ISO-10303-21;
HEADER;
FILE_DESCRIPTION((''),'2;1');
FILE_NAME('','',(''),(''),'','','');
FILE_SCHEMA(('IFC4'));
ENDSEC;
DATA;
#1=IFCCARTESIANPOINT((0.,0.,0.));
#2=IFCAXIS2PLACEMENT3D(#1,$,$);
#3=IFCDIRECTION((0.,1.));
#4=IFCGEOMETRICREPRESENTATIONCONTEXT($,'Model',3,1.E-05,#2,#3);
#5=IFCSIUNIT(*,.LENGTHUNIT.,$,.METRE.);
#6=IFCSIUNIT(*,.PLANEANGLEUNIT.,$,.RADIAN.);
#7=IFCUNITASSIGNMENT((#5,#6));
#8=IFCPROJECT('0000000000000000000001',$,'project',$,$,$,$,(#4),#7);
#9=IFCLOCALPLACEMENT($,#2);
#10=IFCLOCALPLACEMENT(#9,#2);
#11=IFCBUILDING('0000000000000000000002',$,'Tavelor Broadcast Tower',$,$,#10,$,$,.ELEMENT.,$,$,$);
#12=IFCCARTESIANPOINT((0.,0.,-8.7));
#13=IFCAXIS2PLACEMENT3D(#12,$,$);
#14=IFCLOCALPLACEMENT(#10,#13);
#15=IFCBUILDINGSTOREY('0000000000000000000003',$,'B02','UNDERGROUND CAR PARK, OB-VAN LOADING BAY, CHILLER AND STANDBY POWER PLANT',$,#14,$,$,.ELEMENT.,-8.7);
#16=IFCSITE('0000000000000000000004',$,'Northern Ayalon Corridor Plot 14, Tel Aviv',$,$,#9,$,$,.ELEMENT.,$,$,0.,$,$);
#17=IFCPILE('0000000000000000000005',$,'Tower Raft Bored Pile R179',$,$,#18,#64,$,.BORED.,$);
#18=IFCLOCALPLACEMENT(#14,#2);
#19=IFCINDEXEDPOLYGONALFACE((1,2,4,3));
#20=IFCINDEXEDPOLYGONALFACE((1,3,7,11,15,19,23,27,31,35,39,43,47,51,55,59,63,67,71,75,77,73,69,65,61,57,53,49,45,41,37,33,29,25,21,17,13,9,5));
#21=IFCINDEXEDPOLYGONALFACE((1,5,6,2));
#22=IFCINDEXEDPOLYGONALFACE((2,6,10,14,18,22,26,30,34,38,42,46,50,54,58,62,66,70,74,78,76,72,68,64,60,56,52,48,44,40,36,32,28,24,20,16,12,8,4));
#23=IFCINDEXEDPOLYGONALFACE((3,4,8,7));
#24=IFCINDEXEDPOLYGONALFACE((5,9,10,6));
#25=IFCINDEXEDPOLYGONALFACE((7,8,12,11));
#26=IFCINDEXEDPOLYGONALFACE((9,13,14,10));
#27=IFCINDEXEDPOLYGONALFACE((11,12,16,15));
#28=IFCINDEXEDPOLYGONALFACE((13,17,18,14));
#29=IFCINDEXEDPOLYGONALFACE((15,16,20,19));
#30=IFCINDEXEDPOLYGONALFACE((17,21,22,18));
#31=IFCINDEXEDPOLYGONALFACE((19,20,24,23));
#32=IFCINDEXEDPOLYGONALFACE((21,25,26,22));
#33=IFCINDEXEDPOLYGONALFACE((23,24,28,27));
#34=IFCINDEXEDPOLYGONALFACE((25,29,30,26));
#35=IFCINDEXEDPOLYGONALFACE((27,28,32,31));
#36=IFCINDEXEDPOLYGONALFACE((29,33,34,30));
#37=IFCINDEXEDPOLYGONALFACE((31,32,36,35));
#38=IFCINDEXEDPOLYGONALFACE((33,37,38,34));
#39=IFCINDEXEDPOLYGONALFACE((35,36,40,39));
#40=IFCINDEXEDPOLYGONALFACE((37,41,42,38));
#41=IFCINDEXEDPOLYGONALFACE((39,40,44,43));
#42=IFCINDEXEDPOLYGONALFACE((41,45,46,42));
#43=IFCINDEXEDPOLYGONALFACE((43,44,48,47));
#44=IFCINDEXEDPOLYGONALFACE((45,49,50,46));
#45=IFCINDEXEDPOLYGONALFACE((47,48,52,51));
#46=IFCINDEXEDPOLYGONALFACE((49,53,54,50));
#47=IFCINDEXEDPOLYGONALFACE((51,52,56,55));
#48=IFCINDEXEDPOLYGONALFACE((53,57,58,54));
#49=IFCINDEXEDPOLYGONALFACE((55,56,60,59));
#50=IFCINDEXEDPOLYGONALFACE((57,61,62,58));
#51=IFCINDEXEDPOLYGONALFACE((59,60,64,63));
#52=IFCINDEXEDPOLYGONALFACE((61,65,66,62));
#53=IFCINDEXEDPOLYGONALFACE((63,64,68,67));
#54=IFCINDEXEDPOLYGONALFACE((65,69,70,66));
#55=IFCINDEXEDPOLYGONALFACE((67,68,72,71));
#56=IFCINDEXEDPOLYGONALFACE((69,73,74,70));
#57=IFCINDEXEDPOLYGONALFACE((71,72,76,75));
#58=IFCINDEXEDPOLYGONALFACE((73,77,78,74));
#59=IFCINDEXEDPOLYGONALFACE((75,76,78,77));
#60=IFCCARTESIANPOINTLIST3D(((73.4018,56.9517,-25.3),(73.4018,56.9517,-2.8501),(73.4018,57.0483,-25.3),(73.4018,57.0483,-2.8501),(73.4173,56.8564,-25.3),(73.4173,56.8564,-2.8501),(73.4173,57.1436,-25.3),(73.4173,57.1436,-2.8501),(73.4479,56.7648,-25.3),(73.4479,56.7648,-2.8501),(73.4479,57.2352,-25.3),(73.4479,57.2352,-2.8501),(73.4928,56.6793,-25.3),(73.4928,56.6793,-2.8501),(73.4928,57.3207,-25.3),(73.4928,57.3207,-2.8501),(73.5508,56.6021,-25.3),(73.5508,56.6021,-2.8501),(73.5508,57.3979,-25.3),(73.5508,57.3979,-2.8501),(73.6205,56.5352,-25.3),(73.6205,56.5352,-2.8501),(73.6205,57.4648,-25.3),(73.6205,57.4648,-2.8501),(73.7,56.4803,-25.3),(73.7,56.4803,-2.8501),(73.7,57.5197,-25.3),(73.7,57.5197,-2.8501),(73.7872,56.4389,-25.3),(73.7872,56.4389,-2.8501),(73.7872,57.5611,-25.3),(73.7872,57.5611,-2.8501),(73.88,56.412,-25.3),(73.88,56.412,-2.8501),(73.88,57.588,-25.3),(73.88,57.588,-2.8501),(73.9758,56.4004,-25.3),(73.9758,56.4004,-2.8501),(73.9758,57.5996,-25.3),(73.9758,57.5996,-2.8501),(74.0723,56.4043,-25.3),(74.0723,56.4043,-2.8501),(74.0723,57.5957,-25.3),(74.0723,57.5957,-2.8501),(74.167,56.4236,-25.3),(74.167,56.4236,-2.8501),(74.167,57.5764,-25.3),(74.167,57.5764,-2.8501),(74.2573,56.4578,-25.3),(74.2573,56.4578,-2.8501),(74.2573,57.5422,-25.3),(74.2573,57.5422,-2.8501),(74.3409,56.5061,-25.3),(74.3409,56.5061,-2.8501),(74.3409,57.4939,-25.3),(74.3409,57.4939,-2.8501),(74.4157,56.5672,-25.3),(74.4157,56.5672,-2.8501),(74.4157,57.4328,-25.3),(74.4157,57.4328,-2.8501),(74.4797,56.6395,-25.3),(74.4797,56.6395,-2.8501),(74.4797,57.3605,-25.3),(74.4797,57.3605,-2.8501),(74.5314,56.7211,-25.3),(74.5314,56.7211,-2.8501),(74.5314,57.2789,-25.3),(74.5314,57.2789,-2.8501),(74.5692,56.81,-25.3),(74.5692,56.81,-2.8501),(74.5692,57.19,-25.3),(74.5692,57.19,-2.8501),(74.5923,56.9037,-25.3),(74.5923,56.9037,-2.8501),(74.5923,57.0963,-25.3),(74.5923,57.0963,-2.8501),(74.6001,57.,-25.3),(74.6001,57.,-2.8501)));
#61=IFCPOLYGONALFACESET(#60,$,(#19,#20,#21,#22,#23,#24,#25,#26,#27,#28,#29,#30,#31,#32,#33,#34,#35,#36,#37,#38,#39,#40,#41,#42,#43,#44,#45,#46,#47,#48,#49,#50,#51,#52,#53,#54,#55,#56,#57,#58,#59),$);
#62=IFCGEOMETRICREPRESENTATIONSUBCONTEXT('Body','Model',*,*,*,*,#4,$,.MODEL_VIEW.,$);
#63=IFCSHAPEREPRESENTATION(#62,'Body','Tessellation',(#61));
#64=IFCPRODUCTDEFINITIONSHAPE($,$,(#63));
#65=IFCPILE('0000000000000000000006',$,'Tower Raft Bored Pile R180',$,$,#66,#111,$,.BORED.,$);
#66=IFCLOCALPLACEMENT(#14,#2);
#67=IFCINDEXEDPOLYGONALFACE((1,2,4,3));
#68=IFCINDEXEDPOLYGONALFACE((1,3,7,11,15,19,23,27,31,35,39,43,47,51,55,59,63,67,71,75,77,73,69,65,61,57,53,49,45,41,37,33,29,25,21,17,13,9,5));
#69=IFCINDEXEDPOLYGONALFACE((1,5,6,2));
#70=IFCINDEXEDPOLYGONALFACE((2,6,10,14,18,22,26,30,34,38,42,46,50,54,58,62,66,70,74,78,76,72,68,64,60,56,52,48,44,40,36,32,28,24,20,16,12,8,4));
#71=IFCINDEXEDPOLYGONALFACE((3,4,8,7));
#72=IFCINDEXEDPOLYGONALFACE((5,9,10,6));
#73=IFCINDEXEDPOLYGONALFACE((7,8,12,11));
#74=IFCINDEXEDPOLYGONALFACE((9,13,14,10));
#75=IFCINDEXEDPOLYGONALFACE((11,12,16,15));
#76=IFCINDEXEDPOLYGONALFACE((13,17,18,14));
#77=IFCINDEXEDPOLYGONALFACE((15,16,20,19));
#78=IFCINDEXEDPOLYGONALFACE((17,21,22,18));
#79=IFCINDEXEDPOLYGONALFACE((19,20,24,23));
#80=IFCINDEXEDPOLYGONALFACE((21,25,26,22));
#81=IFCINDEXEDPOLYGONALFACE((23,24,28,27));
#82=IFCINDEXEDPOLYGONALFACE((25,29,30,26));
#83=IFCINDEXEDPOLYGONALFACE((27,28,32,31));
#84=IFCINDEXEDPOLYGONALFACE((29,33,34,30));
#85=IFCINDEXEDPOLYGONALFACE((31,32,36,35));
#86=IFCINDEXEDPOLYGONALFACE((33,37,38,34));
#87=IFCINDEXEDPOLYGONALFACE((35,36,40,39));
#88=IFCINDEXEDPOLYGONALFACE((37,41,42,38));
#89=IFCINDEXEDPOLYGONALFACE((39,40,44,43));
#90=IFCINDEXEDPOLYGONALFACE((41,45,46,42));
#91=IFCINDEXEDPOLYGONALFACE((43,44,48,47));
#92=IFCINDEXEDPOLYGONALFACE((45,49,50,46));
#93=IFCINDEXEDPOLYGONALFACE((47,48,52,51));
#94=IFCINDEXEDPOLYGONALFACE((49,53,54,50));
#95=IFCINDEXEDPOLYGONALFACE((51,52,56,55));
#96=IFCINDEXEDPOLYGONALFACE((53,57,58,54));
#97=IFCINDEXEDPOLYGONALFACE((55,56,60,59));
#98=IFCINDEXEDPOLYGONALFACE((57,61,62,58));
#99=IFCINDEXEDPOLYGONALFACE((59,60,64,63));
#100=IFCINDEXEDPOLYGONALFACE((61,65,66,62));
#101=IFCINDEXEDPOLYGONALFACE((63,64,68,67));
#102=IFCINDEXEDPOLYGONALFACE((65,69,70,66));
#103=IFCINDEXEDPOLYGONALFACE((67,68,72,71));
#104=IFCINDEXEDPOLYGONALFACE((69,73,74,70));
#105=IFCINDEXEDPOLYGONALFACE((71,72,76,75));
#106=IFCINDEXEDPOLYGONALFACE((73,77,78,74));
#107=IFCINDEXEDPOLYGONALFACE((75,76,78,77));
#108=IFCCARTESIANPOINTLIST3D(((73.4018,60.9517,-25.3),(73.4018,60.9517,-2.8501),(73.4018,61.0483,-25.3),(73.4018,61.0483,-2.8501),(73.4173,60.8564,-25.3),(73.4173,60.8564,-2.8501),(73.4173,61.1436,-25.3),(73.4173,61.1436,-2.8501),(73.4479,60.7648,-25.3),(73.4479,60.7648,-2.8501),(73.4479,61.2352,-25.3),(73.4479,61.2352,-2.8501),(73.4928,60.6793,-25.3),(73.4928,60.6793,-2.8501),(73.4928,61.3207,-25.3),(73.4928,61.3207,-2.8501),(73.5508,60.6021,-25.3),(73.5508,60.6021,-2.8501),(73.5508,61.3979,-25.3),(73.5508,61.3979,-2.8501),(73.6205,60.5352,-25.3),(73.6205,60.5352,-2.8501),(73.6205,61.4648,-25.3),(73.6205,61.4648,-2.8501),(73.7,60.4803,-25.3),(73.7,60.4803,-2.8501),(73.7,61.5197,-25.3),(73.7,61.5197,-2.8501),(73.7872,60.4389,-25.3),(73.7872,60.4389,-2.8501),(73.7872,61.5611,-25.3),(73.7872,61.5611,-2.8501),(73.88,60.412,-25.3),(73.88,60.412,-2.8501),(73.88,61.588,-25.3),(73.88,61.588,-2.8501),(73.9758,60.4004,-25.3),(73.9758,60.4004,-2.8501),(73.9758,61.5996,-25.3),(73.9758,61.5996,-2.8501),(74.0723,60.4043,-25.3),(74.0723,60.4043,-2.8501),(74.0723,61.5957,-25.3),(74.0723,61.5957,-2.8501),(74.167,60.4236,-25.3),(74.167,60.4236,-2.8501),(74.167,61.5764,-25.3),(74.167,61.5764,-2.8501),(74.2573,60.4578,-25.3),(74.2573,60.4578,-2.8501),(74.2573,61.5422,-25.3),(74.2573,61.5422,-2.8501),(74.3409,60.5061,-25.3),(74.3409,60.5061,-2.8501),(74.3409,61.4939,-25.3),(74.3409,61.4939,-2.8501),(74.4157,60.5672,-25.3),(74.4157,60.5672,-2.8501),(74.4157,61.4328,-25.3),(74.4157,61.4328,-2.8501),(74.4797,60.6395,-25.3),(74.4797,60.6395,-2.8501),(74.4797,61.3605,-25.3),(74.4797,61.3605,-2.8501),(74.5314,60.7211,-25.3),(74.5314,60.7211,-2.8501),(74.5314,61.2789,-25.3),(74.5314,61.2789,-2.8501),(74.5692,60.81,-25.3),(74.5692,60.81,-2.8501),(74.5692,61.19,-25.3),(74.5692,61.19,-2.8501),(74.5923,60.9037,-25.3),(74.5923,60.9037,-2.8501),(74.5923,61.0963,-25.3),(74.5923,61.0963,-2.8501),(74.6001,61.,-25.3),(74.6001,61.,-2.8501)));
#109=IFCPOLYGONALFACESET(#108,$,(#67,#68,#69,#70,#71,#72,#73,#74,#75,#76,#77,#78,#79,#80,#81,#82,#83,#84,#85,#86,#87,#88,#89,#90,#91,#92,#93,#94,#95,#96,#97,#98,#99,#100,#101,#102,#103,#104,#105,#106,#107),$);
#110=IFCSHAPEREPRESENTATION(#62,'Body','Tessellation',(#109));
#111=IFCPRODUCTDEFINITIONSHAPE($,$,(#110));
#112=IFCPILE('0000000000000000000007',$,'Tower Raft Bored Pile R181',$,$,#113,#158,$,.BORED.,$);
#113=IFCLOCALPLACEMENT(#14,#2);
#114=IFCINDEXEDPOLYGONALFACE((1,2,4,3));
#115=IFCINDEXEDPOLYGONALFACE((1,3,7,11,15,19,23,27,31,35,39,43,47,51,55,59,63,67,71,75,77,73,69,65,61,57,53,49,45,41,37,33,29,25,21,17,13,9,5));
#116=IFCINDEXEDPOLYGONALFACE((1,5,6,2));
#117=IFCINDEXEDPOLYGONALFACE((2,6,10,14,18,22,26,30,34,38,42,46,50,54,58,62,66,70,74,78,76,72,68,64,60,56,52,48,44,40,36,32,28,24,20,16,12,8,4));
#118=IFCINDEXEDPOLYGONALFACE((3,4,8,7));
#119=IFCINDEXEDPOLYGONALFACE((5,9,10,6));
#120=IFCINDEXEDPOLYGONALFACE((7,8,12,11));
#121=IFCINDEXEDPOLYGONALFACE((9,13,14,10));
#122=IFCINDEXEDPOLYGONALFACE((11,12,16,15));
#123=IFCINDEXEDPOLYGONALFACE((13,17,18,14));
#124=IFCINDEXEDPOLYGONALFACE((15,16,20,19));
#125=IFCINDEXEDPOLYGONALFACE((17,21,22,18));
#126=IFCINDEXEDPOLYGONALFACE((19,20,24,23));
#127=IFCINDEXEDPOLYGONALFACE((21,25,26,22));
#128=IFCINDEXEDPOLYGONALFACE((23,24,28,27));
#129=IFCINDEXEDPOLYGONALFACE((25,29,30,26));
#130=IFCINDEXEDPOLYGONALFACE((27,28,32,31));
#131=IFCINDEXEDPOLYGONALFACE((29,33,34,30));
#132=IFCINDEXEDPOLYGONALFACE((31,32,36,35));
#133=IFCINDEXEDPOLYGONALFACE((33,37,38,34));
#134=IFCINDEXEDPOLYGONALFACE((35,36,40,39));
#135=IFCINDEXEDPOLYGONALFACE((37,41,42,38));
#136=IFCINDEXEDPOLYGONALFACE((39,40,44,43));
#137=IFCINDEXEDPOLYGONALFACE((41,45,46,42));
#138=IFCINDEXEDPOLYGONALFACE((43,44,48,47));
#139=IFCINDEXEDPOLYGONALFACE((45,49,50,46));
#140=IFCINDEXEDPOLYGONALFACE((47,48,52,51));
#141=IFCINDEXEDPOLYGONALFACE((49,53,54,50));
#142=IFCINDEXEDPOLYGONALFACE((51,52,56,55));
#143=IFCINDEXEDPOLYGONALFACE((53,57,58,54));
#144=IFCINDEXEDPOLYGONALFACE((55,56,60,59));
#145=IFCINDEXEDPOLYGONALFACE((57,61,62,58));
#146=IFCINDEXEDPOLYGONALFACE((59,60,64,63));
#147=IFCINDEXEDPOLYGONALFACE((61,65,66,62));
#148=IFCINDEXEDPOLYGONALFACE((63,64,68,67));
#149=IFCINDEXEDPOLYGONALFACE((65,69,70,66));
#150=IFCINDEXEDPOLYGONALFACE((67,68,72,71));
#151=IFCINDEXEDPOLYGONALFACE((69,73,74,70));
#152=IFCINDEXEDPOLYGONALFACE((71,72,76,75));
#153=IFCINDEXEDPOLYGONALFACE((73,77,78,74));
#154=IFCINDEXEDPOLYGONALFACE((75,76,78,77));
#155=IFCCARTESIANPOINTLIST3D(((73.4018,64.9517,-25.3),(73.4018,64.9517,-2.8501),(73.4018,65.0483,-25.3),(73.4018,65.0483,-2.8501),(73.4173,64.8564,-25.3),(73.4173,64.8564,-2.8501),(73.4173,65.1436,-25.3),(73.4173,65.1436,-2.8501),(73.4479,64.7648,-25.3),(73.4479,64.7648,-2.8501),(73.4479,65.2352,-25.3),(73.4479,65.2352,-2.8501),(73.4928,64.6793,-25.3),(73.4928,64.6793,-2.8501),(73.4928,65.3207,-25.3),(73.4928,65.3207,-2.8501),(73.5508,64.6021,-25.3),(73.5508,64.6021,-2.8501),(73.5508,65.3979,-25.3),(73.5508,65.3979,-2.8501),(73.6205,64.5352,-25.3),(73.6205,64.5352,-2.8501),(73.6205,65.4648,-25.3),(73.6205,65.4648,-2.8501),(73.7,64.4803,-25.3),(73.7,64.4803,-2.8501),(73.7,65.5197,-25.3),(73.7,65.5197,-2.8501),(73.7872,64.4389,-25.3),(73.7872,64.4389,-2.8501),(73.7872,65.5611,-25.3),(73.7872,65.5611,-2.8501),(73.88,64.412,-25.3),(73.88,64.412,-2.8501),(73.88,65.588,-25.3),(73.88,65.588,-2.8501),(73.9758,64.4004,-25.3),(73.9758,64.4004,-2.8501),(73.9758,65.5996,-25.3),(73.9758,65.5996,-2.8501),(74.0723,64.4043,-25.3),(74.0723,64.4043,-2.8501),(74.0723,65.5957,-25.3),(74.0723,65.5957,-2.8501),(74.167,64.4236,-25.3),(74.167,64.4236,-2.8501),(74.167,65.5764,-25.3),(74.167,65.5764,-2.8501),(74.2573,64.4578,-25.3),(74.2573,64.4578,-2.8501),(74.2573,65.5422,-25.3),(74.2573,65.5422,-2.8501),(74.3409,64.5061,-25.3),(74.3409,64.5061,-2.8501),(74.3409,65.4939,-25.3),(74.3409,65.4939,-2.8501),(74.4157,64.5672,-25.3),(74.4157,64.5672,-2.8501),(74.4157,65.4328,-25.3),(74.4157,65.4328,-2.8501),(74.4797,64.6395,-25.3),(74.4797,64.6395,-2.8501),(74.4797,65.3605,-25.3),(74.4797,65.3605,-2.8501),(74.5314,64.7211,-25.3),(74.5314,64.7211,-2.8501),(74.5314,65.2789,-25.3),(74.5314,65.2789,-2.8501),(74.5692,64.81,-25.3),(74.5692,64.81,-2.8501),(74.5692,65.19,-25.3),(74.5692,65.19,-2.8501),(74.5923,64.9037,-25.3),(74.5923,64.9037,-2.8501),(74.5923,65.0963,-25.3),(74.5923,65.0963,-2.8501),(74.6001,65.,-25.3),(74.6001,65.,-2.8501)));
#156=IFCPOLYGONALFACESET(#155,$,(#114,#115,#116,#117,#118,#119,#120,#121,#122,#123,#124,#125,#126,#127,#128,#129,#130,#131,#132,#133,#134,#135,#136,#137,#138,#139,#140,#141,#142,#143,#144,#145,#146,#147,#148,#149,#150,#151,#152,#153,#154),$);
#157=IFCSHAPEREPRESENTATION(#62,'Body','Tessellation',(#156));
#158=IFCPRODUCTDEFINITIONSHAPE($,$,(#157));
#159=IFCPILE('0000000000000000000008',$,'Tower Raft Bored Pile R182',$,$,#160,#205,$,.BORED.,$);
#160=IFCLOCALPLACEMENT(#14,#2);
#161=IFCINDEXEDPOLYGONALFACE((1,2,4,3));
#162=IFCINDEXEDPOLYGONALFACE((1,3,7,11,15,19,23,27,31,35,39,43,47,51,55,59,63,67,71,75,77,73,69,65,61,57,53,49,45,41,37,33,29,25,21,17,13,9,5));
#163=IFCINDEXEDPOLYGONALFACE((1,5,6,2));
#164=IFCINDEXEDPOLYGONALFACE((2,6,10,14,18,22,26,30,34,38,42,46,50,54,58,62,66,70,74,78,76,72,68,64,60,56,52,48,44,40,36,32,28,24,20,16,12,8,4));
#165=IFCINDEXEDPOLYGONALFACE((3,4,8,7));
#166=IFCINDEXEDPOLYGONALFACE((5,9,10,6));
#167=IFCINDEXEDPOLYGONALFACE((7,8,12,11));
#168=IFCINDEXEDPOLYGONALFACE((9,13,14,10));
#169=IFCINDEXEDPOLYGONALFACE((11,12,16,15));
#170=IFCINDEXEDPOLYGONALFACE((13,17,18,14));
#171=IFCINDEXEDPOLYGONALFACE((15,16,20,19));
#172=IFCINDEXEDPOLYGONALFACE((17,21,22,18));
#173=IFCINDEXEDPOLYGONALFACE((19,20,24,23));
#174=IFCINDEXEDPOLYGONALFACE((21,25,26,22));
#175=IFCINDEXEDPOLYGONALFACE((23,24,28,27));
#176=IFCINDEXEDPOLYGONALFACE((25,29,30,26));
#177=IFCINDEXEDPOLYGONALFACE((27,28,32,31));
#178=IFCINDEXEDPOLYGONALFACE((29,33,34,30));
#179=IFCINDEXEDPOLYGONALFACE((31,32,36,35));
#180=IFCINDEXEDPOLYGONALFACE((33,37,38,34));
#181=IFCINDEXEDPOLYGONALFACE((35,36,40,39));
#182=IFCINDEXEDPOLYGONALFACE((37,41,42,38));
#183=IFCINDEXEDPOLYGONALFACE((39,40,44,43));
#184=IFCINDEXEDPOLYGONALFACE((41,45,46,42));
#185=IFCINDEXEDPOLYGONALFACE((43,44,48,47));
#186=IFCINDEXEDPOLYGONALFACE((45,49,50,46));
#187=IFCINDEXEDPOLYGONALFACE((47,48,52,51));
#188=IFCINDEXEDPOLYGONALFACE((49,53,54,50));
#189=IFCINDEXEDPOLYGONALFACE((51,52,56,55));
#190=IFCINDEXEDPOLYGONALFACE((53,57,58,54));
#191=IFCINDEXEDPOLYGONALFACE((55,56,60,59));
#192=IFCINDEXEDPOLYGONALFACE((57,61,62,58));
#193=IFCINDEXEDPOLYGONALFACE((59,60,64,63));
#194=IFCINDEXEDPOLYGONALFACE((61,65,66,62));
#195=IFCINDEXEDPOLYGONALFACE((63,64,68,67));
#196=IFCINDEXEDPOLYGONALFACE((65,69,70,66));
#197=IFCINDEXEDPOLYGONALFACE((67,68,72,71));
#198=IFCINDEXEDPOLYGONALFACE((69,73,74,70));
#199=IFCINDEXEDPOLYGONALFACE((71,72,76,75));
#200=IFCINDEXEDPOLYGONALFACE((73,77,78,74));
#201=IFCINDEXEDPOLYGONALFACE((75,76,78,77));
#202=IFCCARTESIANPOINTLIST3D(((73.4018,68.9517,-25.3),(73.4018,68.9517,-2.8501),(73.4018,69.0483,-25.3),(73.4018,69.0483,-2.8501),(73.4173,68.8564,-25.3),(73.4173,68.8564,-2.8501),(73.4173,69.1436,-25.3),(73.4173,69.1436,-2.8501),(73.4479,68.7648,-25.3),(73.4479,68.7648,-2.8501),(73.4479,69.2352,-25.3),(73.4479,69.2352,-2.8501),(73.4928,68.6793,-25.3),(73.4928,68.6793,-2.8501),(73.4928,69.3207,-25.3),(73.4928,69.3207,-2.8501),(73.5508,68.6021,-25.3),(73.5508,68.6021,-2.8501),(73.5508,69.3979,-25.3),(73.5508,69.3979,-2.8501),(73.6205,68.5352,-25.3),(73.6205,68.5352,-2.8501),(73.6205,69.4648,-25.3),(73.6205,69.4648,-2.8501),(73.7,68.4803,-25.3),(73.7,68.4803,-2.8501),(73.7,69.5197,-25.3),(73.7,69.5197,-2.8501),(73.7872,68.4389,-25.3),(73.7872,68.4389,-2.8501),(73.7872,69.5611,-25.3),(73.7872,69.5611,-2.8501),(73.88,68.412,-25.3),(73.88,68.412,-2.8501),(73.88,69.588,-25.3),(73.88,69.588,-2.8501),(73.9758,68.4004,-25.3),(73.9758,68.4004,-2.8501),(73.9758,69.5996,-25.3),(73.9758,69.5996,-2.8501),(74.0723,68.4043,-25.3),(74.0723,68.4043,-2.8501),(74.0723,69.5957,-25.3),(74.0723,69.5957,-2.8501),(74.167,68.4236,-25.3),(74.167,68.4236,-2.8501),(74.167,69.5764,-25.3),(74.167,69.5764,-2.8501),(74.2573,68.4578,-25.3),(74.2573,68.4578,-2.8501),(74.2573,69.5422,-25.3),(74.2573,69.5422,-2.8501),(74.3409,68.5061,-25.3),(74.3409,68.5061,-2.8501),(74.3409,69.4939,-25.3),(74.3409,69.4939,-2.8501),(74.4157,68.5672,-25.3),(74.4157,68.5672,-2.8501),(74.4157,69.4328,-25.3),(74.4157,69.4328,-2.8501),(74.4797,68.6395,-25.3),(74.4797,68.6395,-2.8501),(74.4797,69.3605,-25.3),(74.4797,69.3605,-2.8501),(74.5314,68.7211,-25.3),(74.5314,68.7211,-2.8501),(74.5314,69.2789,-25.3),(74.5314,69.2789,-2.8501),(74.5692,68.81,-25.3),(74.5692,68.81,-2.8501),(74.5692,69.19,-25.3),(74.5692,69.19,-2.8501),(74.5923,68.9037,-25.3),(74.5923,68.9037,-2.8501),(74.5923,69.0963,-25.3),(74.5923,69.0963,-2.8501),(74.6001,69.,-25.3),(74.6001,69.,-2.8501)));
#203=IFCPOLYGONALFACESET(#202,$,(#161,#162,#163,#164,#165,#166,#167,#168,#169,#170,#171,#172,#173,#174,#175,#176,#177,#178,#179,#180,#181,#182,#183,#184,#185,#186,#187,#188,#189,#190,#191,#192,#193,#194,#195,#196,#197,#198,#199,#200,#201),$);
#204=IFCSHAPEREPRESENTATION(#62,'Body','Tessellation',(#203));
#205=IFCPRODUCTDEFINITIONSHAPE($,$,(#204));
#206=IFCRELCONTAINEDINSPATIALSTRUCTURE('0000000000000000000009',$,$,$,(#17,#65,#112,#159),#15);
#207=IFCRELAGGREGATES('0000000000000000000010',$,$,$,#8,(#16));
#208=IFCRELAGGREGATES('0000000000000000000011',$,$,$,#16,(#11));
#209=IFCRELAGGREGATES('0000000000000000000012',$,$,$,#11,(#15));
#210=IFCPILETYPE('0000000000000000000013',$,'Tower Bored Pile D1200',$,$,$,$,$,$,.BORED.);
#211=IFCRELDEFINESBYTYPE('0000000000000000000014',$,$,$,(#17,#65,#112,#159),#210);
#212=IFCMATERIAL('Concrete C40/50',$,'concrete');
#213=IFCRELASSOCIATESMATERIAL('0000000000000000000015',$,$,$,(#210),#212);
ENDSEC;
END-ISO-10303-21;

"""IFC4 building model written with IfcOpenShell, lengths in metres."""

from ifc_helpers import new_model, si_unit, direction, frame, origin, origin_2d, place, context, subcontext, project, spatial, circle, extrude, material, material_profile, profile_set, type_object, element, save


model = new_model("IFC4")

# Units and contexts
model_context = context("Model", 3, precision=1e-05, world=origin(), true_north=direction((0.0, 1.0)))
body_context = subcontext(model_context, "Body", "Model", "MODEL_VIEW")
ifc_project = project(units=[si_unit("LENGTHUNIT", "METRE"), si_unit("PLANEANGLEUNIT", "RADIAN")], contexts=[model_context])

# Site, building, storey
site_placement = place(None, origin())
site = spatial("IfcSite", under=ifc_project, at=site_placement, Name="Northern Ayalon Corridor Plot 14, Tel Aviv", CompositionType="ELEMENT", RefElevation=0.0)
building_placement = place(site_placement, origin())
building = spatial("IfcBuilding", under=site, at=building_placement, Name="Tavelor Broadcast Tower", CompositionType="ELEMENT")
storey_placement = place(building_placement, frame((0.0, 0.0, -8.7)))
storey = spatial("IfcBuildingStorey", under=building, at=storey_placement, Name="B02", Description="UNDERGROUND CAR PARK, OB-VAN LOADING BAY, CHILLER AND STANDBY POWER PLANT", CompositionType="ELEMENT", Elevation=-8.7)

# Piles
ifc_material_1 = material(Name="Concrete C40/50", Category="concrete")
ifc_material_profile_1 = material_profile(ifc_material_1, circle(Radius=0.6001, at=origin_2d()), Name="PILE D1200")
ifc_profile_set_1 = profile_set([ifc_material_profile_1], Name="Concrete C40/50")
pile_type = type_object("IfcPileType", Name="Tower Bored Pile D1200", PredefinedType="BORED", material=ifc_profile_set_1)
for number, where, z_axis, x_axis, name in (
    (1, (74.0, 57.0, -2.8501), (0.0, 0.0, -1.0), (1.0, 0.0, 0.0), "Tower Raft Bored Pile R179"),
    (2, (74.0, 61.0, -2.8501), (0.0, 0.0, -1.0), (1.0, 0.0, 0.0), "Tower Raft Bored Pile R180"),
    (3, (74.0, 65.0, -2.8501), (0.0, 0.0, -1.0), (1.0, 0.0, 0.0), "Tower Raft Bored Pile R181"),
    (4, (74.0, 69.0, -2.8501), (0.0, 0.0, -1.0), (1.0, 0.0, 0.0), "Tower Raft Bored Pile R182"),
):
    element("IfcPile", number, at=place(storey_placement, frame(where, z_axis=z_axis, x_axis=x_axis)), inside=storey, type_object=pile_type, Name=name, PredefinedType="BORED", context=body_context, shape_type="SweptSolid", body=[
        extrude(circle(Radius=0.6001, at=origin_2d()), origin(), (0.0, 0.0, 1.0), 22.45),
    ])

save(model, "model.ifc")
